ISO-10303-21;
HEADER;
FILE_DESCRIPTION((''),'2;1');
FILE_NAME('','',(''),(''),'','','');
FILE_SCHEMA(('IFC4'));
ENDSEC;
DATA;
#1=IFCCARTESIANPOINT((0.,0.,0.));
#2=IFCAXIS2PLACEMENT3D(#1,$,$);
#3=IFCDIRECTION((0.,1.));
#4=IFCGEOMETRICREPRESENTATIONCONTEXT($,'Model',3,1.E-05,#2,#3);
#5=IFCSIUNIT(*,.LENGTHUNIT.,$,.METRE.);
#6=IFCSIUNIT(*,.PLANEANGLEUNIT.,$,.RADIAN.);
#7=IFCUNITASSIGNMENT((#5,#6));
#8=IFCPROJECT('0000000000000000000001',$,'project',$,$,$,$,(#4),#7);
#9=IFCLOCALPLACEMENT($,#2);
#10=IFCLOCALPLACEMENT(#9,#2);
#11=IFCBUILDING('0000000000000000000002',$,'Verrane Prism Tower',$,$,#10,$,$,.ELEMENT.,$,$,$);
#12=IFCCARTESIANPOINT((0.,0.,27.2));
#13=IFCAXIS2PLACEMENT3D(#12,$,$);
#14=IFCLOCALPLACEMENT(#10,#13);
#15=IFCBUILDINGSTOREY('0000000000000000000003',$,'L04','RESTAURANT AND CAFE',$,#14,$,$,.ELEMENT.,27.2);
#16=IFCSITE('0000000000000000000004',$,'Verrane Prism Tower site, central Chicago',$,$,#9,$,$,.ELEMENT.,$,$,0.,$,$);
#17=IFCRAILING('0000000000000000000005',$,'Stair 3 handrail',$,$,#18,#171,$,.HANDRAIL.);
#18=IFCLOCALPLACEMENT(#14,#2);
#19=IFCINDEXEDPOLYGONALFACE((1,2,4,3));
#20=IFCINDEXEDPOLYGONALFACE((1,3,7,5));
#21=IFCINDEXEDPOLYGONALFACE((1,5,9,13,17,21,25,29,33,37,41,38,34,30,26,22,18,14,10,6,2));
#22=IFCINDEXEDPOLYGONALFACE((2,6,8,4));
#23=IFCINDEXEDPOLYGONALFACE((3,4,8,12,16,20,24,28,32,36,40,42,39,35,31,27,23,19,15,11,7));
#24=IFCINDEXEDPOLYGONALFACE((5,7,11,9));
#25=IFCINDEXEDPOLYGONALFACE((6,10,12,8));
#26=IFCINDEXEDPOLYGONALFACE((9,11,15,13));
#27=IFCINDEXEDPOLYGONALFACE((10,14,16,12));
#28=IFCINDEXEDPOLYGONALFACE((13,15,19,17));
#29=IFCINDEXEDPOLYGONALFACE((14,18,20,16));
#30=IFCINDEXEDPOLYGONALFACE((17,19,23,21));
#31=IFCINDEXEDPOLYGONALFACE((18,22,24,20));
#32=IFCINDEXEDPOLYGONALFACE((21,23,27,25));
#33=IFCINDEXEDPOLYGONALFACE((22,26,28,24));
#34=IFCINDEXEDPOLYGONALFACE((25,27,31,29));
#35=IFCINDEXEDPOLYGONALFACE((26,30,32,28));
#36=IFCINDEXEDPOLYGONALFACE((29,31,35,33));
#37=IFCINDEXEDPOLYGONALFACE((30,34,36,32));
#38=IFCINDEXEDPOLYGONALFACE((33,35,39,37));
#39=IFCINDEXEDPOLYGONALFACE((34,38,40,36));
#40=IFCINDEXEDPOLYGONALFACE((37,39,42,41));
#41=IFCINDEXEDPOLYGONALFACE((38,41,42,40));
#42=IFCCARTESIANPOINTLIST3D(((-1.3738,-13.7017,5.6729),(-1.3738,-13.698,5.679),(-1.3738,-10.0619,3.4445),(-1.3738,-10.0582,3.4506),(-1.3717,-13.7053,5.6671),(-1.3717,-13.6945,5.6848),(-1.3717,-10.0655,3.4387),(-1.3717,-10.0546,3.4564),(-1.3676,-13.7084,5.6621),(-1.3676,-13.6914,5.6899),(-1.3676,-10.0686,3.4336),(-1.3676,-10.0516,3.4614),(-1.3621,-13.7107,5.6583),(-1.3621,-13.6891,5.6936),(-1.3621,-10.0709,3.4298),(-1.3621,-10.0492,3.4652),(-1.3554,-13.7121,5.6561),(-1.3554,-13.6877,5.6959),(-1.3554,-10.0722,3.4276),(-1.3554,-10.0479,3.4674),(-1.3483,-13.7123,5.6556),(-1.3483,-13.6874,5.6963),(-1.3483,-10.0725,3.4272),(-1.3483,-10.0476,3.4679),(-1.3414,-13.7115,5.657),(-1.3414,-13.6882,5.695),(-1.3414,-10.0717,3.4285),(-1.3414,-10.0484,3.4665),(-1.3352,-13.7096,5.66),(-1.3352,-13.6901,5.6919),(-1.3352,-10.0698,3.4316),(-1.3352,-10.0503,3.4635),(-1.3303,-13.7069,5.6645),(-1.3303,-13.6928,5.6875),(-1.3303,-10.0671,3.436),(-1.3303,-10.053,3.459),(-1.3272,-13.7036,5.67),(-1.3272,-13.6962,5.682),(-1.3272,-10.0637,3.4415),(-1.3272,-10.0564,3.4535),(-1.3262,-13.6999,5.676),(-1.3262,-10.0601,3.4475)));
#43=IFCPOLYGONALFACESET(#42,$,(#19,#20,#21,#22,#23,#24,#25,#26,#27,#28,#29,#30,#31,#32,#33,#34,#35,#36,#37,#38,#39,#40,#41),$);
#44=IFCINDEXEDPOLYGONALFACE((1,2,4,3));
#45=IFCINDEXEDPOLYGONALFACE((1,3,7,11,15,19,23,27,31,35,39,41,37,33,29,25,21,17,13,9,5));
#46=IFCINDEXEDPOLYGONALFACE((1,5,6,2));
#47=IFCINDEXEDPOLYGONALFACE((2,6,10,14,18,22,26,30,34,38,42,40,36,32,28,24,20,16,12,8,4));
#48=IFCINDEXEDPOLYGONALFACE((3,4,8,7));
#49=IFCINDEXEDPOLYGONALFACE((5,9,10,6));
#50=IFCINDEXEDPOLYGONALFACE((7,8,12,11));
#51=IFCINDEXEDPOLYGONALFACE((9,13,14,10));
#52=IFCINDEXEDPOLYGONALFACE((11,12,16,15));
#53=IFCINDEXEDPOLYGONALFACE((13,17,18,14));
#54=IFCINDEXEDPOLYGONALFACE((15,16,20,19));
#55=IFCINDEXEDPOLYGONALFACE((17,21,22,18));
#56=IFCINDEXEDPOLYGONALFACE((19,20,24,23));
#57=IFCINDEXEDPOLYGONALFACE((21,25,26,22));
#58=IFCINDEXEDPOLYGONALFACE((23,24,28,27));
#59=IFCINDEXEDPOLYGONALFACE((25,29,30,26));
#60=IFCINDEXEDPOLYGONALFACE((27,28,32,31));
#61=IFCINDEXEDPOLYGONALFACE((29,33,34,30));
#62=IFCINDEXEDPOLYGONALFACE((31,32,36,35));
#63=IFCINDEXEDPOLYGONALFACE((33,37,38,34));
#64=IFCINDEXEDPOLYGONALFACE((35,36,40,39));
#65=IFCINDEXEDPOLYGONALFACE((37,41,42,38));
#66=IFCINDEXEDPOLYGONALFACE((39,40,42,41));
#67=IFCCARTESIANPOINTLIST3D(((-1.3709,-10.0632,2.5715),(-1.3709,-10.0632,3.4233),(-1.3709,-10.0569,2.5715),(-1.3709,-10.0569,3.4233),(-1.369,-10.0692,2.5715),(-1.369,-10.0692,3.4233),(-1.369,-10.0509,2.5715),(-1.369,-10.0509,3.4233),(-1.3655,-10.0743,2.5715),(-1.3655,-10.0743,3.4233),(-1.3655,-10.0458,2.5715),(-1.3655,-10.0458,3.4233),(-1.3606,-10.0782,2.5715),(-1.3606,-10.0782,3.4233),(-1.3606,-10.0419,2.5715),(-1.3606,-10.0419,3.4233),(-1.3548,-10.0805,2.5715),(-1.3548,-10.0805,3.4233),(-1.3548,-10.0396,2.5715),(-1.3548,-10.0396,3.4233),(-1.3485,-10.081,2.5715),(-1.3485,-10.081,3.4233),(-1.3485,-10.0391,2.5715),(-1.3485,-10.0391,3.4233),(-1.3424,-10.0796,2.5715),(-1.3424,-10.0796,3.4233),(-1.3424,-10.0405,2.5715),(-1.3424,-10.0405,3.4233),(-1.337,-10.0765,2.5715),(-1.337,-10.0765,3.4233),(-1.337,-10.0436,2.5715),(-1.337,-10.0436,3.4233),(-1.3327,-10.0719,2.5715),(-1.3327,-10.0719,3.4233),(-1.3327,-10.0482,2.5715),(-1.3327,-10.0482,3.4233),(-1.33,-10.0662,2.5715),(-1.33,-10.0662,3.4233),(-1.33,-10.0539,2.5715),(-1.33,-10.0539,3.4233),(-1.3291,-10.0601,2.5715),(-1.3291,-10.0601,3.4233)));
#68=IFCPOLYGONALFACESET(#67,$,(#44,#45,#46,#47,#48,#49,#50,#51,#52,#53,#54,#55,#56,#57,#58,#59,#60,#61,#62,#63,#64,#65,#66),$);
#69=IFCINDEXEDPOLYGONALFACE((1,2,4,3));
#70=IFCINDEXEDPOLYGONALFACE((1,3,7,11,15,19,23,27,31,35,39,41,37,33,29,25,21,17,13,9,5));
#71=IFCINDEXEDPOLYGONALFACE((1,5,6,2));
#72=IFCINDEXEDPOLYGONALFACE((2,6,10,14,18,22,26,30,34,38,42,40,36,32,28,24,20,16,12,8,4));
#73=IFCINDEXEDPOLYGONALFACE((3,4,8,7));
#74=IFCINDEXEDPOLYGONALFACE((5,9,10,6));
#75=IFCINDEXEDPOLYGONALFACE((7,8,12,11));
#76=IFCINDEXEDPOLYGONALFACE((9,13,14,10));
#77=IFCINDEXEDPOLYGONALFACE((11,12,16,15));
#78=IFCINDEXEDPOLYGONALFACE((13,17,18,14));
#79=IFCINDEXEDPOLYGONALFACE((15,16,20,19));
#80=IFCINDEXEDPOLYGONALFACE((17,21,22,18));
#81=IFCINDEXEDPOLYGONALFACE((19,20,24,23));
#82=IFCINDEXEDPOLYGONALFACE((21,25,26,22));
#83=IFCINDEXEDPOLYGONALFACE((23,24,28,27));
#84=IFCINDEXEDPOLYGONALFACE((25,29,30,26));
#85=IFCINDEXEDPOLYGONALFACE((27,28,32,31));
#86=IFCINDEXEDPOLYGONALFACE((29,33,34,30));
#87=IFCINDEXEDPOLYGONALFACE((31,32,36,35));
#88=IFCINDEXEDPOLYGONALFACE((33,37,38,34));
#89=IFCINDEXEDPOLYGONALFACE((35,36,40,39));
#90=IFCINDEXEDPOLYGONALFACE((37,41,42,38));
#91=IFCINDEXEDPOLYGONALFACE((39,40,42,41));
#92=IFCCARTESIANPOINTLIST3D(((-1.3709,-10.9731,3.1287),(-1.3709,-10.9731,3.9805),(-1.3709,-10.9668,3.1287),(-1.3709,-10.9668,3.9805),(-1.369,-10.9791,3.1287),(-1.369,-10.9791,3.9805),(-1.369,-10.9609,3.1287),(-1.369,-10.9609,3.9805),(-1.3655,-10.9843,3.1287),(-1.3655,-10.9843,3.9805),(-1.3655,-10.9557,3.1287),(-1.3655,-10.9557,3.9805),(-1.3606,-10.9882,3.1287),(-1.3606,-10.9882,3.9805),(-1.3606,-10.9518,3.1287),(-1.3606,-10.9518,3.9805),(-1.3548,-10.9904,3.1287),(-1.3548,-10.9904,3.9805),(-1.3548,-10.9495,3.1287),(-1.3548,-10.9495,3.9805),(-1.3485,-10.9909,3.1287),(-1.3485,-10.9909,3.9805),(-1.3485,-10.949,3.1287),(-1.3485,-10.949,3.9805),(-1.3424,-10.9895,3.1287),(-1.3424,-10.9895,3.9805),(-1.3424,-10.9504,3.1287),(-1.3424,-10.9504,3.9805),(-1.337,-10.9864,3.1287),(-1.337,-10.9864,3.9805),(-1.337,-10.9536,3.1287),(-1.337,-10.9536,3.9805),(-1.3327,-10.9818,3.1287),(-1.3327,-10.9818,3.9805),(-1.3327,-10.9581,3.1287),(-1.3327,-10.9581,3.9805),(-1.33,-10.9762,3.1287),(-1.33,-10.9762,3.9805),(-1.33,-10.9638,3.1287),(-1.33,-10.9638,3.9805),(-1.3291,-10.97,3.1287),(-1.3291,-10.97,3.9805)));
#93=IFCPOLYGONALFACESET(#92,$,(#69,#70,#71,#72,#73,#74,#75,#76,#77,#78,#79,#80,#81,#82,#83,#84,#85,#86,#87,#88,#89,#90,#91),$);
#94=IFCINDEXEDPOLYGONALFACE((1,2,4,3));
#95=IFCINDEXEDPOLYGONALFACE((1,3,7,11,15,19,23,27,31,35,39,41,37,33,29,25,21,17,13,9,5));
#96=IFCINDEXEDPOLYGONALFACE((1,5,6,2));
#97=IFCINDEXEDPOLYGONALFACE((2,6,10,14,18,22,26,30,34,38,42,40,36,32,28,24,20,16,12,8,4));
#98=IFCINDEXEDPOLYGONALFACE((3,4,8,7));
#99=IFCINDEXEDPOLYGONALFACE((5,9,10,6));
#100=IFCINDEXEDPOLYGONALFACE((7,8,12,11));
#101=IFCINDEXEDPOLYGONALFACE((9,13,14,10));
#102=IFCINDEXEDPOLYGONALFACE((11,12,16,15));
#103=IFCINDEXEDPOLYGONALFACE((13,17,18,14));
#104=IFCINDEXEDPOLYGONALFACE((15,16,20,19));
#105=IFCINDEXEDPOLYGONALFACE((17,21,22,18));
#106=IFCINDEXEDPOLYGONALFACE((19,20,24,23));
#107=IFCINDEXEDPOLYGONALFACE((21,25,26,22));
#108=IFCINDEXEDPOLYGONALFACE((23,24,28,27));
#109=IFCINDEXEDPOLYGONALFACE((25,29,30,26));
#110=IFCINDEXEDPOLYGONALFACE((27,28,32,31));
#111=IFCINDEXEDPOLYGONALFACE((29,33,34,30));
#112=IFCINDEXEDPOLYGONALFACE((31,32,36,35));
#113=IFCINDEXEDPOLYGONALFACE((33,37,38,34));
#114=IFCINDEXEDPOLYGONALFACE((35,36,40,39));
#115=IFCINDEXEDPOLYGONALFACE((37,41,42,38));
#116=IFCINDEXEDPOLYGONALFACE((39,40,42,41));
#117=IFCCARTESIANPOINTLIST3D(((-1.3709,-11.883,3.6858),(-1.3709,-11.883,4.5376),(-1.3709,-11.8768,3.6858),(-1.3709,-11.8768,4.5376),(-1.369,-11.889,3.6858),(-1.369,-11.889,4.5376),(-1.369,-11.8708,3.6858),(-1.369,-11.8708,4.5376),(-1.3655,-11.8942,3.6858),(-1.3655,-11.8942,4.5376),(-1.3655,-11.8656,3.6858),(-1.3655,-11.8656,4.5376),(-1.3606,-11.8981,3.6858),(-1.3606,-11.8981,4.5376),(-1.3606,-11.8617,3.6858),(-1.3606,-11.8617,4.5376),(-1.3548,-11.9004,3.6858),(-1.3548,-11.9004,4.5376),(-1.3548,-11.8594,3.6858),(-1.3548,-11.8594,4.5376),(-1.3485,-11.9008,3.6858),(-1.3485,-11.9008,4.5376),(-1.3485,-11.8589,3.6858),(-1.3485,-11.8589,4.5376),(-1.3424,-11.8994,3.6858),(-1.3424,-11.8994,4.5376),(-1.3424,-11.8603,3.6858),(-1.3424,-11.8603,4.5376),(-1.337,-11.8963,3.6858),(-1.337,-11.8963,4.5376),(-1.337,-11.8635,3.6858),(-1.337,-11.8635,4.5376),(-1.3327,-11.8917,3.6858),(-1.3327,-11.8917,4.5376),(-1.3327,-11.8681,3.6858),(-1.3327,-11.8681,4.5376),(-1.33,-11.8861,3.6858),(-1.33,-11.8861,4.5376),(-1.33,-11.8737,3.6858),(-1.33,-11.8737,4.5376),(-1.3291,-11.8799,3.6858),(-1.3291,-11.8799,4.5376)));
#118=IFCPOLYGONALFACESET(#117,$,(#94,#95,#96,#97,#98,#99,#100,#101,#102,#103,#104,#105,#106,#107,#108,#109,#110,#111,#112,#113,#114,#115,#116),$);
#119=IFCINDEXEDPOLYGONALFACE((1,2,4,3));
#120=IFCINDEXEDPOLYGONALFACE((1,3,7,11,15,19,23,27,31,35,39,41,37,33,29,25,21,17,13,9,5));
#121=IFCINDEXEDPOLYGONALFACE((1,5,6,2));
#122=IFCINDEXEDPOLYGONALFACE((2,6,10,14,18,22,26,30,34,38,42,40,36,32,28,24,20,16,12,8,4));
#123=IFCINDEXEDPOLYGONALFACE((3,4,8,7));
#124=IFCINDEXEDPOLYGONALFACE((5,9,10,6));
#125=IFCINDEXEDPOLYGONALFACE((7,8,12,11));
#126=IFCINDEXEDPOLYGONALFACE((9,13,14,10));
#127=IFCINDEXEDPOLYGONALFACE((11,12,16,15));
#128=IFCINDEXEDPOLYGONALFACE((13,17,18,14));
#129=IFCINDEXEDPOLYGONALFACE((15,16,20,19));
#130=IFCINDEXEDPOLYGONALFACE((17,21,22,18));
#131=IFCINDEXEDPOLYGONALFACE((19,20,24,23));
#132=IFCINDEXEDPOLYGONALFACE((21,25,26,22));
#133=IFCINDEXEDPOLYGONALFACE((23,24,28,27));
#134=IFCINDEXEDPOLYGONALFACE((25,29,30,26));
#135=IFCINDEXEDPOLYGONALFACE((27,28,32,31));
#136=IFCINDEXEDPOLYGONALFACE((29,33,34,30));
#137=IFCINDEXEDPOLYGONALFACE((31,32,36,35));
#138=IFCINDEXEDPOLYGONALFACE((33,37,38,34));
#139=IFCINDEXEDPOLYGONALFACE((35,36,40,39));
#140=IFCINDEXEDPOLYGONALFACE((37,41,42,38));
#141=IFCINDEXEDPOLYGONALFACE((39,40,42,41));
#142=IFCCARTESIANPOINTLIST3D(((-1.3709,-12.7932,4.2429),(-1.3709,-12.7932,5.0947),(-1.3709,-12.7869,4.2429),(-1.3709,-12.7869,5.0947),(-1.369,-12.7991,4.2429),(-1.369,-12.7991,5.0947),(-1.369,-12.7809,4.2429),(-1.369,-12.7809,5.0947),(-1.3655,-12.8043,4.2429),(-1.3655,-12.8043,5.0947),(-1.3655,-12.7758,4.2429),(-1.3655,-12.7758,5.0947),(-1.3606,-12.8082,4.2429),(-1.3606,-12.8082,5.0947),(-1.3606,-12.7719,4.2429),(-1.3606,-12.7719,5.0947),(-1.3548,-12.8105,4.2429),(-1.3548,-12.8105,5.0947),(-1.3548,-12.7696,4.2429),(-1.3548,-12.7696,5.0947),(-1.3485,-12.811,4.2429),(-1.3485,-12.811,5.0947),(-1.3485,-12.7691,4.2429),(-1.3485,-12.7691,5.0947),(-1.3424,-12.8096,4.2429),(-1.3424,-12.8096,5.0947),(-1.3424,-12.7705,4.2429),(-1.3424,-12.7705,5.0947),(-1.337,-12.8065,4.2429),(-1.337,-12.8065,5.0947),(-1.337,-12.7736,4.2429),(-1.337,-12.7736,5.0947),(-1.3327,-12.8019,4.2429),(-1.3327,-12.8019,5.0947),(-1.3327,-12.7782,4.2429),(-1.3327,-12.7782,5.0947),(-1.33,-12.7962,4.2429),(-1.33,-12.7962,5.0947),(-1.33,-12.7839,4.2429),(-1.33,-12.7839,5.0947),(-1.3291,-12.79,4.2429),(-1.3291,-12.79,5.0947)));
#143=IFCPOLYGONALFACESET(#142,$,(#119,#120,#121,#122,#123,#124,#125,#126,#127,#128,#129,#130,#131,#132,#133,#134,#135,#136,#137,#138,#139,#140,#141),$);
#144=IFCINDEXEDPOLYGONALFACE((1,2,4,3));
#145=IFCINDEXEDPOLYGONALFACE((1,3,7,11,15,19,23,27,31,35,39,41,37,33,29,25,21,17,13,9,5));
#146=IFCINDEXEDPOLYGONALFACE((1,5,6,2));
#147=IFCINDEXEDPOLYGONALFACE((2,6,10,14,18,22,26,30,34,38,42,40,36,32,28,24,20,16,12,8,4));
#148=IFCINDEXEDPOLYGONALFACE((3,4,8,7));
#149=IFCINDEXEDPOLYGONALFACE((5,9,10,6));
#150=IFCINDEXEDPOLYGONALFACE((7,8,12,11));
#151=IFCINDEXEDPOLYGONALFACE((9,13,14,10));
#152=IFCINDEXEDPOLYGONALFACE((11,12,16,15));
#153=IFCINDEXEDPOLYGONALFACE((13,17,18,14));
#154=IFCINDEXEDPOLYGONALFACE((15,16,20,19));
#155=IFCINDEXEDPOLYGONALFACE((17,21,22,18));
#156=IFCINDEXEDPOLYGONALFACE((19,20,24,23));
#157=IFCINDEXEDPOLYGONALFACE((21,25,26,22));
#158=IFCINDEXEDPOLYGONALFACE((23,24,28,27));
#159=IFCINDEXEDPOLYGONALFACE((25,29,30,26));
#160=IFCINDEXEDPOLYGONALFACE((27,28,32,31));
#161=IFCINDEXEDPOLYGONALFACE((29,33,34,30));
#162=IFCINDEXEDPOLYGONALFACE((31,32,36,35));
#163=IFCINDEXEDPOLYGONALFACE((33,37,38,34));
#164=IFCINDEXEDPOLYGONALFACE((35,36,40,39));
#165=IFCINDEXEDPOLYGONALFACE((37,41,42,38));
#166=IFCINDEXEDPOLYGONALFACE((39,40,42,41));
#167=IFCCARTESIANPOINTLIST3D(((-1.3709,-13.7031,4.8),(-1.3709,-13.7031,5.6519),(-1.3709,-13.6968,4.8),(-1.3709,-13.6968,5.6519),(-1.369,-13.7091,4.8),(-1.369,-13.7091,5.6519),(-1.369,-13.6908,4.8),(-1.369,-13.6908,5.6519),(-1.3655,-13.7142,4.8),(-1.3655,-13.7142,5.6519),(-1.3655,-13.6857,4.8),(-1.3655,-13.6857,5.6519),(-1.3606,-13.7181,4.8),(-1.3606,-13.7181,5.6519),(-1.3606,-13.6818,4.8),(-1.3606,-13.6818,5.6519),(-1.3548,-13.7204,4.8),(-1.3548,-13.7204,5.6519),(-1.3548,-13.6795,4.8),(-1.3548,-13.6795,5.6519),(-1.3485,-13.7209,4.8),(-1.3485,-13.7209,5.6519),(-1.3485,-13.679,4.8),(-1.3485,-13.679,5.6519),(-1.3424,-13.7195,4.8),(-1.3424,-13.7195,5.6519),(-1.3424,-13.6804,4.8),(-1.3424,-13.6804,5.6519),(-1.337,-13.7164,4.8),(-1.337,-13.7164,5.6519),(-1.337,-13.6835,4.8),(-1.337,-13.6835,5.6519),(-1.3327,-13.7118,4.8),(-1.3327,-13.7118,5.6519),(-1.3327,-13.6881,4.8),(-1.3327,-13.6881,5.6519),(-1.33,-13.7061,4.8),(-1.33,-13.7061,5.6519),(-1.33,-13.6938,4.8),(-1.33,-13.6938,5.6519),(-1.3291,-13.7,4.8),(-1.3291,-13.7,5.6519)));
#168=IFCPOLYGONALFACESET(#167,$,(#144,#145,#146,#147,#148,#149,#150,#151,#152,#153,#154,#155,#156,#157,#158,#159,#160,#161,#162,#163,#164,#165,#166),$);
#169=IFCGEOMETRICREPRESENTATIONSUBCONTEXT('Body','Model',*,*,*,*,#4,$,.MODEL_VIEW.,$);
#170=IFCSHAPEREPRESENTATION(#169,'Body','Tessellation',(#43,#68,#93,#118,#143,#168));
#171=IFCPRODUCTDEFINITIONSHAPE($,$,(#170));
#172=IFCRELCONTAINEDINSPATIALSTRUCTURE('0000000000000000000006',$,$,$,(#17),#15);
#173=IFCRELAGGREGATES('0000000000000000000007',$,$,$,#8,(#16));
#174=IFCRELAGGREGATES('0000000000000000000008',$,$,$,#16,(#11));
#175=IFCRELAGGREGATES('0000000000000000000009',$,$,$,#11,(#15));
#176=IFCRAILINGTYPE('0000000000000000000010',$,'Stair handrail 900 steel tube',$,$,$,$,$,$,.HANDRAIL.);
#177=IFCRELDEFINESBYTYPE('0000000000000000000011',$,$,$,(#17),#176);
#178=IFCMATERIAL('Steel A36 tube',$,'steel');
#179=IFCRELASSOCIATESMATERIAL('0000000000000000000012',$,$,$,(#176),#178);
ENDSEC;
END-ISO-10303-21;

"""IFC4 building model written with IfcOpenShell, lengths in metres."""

from ifc_helpers import new_model, si_unit, direction, frame, origin, origin_2d, place, context, subcontext, project, spatial, circle, extrude, material, type_object, element, save


model = new_model("IFC4")

# Units and contexts
model_context = context("Model", 3, precision=1e-05, world=origin(), true_north=direction((0.0, 1.0)))
body_context = subcontext(model_context, "Body", "Model", "MODEL_VIEW")
ifc_project = project(units=[si_unit("LENGTHUNIT", "METRE"), si_unit("PLANEANGLEUNIT", "RADIAN")], contexts=[model_context])

# Site, building, storey
site_placement = place(None, origin())
site = spatial("IfcSite", under=ifc_project, at=site_placement, Name="Verrane Prism Tower site, central Chicago", CompositionType="ELEMENT", RefElevation=0.0)
building_placement = place(site_placement, origin())
building = spatial("IfcBuilding", under=site, at=building_placement, Name="Verrane Prism Tower", CompositionType="ELEMENT")
storey_placement = place(building_placement, frame((0.0, 0.0, 27.2)))
storey = spatial("IfcBuildingStorey", under=building, at=storey_placement, Name="L04", Description="RESTAURANT AND CAFE", CompositionType="ELEMENT", Elevation=27.2)

# Railing
ifc_material_1 = material(Name="Steel A36 tube", Category="steel")
railing_type = type_object("IfcRailingType", Name="Stair handrail 900 steel tube", PredefinedType="HANDRAIL", material=ifc_material_1)
railing_placement = place(storey_placement, frame((-1.3501, -10.0601, 2.5715)))
element("IfcRailing", 1, at=railing_placement, inside=storey, type_object=railing_type, Name="Stair 3 handrail", PredefinedType="HANDRAIL", context=body_context, shape_type="SweptSolid", body=[
    extrude(circle(Radius=0.0239, at=origin_2d()), frame((0.0, 0.0, 0.876), z_axis=(0.0, -0.85285, 0.522156), x_axis=(1.0, 0.0, 0.0)), (0.0, 0.0, 1.0), 4.2678),
    extrude(circle(Radius=0.021, at=origin_2d()), origin(), (0.0, 0.0, 1.0), 0.8518),
    extrude(circle(Radius=0.021, at=origin_2d()), frame((0.0, -0.9099, 0.5571)), (0.0, 0.0, 1.0), 0.8518),
    extrude(circle(Radius=0.021, at=origin_2d()), frame((0.0, -1.8198, 1.1143)), (0.0, 0.0, 1.0), 0.8518),
    extrude(circle(Radius=0.021, at=origin_2d()), frame((0.0, -2.73, 1.6714)), (0.0, 0.0, 1.0), 0.8518),
    extrude(circle(Radius=0.021, at=origin_2d()), frame((0.0, -3.6399, 2.2285)), (0.0, 0.0, 1.0), 0.8518),
])

save(model, "model.ifc")
